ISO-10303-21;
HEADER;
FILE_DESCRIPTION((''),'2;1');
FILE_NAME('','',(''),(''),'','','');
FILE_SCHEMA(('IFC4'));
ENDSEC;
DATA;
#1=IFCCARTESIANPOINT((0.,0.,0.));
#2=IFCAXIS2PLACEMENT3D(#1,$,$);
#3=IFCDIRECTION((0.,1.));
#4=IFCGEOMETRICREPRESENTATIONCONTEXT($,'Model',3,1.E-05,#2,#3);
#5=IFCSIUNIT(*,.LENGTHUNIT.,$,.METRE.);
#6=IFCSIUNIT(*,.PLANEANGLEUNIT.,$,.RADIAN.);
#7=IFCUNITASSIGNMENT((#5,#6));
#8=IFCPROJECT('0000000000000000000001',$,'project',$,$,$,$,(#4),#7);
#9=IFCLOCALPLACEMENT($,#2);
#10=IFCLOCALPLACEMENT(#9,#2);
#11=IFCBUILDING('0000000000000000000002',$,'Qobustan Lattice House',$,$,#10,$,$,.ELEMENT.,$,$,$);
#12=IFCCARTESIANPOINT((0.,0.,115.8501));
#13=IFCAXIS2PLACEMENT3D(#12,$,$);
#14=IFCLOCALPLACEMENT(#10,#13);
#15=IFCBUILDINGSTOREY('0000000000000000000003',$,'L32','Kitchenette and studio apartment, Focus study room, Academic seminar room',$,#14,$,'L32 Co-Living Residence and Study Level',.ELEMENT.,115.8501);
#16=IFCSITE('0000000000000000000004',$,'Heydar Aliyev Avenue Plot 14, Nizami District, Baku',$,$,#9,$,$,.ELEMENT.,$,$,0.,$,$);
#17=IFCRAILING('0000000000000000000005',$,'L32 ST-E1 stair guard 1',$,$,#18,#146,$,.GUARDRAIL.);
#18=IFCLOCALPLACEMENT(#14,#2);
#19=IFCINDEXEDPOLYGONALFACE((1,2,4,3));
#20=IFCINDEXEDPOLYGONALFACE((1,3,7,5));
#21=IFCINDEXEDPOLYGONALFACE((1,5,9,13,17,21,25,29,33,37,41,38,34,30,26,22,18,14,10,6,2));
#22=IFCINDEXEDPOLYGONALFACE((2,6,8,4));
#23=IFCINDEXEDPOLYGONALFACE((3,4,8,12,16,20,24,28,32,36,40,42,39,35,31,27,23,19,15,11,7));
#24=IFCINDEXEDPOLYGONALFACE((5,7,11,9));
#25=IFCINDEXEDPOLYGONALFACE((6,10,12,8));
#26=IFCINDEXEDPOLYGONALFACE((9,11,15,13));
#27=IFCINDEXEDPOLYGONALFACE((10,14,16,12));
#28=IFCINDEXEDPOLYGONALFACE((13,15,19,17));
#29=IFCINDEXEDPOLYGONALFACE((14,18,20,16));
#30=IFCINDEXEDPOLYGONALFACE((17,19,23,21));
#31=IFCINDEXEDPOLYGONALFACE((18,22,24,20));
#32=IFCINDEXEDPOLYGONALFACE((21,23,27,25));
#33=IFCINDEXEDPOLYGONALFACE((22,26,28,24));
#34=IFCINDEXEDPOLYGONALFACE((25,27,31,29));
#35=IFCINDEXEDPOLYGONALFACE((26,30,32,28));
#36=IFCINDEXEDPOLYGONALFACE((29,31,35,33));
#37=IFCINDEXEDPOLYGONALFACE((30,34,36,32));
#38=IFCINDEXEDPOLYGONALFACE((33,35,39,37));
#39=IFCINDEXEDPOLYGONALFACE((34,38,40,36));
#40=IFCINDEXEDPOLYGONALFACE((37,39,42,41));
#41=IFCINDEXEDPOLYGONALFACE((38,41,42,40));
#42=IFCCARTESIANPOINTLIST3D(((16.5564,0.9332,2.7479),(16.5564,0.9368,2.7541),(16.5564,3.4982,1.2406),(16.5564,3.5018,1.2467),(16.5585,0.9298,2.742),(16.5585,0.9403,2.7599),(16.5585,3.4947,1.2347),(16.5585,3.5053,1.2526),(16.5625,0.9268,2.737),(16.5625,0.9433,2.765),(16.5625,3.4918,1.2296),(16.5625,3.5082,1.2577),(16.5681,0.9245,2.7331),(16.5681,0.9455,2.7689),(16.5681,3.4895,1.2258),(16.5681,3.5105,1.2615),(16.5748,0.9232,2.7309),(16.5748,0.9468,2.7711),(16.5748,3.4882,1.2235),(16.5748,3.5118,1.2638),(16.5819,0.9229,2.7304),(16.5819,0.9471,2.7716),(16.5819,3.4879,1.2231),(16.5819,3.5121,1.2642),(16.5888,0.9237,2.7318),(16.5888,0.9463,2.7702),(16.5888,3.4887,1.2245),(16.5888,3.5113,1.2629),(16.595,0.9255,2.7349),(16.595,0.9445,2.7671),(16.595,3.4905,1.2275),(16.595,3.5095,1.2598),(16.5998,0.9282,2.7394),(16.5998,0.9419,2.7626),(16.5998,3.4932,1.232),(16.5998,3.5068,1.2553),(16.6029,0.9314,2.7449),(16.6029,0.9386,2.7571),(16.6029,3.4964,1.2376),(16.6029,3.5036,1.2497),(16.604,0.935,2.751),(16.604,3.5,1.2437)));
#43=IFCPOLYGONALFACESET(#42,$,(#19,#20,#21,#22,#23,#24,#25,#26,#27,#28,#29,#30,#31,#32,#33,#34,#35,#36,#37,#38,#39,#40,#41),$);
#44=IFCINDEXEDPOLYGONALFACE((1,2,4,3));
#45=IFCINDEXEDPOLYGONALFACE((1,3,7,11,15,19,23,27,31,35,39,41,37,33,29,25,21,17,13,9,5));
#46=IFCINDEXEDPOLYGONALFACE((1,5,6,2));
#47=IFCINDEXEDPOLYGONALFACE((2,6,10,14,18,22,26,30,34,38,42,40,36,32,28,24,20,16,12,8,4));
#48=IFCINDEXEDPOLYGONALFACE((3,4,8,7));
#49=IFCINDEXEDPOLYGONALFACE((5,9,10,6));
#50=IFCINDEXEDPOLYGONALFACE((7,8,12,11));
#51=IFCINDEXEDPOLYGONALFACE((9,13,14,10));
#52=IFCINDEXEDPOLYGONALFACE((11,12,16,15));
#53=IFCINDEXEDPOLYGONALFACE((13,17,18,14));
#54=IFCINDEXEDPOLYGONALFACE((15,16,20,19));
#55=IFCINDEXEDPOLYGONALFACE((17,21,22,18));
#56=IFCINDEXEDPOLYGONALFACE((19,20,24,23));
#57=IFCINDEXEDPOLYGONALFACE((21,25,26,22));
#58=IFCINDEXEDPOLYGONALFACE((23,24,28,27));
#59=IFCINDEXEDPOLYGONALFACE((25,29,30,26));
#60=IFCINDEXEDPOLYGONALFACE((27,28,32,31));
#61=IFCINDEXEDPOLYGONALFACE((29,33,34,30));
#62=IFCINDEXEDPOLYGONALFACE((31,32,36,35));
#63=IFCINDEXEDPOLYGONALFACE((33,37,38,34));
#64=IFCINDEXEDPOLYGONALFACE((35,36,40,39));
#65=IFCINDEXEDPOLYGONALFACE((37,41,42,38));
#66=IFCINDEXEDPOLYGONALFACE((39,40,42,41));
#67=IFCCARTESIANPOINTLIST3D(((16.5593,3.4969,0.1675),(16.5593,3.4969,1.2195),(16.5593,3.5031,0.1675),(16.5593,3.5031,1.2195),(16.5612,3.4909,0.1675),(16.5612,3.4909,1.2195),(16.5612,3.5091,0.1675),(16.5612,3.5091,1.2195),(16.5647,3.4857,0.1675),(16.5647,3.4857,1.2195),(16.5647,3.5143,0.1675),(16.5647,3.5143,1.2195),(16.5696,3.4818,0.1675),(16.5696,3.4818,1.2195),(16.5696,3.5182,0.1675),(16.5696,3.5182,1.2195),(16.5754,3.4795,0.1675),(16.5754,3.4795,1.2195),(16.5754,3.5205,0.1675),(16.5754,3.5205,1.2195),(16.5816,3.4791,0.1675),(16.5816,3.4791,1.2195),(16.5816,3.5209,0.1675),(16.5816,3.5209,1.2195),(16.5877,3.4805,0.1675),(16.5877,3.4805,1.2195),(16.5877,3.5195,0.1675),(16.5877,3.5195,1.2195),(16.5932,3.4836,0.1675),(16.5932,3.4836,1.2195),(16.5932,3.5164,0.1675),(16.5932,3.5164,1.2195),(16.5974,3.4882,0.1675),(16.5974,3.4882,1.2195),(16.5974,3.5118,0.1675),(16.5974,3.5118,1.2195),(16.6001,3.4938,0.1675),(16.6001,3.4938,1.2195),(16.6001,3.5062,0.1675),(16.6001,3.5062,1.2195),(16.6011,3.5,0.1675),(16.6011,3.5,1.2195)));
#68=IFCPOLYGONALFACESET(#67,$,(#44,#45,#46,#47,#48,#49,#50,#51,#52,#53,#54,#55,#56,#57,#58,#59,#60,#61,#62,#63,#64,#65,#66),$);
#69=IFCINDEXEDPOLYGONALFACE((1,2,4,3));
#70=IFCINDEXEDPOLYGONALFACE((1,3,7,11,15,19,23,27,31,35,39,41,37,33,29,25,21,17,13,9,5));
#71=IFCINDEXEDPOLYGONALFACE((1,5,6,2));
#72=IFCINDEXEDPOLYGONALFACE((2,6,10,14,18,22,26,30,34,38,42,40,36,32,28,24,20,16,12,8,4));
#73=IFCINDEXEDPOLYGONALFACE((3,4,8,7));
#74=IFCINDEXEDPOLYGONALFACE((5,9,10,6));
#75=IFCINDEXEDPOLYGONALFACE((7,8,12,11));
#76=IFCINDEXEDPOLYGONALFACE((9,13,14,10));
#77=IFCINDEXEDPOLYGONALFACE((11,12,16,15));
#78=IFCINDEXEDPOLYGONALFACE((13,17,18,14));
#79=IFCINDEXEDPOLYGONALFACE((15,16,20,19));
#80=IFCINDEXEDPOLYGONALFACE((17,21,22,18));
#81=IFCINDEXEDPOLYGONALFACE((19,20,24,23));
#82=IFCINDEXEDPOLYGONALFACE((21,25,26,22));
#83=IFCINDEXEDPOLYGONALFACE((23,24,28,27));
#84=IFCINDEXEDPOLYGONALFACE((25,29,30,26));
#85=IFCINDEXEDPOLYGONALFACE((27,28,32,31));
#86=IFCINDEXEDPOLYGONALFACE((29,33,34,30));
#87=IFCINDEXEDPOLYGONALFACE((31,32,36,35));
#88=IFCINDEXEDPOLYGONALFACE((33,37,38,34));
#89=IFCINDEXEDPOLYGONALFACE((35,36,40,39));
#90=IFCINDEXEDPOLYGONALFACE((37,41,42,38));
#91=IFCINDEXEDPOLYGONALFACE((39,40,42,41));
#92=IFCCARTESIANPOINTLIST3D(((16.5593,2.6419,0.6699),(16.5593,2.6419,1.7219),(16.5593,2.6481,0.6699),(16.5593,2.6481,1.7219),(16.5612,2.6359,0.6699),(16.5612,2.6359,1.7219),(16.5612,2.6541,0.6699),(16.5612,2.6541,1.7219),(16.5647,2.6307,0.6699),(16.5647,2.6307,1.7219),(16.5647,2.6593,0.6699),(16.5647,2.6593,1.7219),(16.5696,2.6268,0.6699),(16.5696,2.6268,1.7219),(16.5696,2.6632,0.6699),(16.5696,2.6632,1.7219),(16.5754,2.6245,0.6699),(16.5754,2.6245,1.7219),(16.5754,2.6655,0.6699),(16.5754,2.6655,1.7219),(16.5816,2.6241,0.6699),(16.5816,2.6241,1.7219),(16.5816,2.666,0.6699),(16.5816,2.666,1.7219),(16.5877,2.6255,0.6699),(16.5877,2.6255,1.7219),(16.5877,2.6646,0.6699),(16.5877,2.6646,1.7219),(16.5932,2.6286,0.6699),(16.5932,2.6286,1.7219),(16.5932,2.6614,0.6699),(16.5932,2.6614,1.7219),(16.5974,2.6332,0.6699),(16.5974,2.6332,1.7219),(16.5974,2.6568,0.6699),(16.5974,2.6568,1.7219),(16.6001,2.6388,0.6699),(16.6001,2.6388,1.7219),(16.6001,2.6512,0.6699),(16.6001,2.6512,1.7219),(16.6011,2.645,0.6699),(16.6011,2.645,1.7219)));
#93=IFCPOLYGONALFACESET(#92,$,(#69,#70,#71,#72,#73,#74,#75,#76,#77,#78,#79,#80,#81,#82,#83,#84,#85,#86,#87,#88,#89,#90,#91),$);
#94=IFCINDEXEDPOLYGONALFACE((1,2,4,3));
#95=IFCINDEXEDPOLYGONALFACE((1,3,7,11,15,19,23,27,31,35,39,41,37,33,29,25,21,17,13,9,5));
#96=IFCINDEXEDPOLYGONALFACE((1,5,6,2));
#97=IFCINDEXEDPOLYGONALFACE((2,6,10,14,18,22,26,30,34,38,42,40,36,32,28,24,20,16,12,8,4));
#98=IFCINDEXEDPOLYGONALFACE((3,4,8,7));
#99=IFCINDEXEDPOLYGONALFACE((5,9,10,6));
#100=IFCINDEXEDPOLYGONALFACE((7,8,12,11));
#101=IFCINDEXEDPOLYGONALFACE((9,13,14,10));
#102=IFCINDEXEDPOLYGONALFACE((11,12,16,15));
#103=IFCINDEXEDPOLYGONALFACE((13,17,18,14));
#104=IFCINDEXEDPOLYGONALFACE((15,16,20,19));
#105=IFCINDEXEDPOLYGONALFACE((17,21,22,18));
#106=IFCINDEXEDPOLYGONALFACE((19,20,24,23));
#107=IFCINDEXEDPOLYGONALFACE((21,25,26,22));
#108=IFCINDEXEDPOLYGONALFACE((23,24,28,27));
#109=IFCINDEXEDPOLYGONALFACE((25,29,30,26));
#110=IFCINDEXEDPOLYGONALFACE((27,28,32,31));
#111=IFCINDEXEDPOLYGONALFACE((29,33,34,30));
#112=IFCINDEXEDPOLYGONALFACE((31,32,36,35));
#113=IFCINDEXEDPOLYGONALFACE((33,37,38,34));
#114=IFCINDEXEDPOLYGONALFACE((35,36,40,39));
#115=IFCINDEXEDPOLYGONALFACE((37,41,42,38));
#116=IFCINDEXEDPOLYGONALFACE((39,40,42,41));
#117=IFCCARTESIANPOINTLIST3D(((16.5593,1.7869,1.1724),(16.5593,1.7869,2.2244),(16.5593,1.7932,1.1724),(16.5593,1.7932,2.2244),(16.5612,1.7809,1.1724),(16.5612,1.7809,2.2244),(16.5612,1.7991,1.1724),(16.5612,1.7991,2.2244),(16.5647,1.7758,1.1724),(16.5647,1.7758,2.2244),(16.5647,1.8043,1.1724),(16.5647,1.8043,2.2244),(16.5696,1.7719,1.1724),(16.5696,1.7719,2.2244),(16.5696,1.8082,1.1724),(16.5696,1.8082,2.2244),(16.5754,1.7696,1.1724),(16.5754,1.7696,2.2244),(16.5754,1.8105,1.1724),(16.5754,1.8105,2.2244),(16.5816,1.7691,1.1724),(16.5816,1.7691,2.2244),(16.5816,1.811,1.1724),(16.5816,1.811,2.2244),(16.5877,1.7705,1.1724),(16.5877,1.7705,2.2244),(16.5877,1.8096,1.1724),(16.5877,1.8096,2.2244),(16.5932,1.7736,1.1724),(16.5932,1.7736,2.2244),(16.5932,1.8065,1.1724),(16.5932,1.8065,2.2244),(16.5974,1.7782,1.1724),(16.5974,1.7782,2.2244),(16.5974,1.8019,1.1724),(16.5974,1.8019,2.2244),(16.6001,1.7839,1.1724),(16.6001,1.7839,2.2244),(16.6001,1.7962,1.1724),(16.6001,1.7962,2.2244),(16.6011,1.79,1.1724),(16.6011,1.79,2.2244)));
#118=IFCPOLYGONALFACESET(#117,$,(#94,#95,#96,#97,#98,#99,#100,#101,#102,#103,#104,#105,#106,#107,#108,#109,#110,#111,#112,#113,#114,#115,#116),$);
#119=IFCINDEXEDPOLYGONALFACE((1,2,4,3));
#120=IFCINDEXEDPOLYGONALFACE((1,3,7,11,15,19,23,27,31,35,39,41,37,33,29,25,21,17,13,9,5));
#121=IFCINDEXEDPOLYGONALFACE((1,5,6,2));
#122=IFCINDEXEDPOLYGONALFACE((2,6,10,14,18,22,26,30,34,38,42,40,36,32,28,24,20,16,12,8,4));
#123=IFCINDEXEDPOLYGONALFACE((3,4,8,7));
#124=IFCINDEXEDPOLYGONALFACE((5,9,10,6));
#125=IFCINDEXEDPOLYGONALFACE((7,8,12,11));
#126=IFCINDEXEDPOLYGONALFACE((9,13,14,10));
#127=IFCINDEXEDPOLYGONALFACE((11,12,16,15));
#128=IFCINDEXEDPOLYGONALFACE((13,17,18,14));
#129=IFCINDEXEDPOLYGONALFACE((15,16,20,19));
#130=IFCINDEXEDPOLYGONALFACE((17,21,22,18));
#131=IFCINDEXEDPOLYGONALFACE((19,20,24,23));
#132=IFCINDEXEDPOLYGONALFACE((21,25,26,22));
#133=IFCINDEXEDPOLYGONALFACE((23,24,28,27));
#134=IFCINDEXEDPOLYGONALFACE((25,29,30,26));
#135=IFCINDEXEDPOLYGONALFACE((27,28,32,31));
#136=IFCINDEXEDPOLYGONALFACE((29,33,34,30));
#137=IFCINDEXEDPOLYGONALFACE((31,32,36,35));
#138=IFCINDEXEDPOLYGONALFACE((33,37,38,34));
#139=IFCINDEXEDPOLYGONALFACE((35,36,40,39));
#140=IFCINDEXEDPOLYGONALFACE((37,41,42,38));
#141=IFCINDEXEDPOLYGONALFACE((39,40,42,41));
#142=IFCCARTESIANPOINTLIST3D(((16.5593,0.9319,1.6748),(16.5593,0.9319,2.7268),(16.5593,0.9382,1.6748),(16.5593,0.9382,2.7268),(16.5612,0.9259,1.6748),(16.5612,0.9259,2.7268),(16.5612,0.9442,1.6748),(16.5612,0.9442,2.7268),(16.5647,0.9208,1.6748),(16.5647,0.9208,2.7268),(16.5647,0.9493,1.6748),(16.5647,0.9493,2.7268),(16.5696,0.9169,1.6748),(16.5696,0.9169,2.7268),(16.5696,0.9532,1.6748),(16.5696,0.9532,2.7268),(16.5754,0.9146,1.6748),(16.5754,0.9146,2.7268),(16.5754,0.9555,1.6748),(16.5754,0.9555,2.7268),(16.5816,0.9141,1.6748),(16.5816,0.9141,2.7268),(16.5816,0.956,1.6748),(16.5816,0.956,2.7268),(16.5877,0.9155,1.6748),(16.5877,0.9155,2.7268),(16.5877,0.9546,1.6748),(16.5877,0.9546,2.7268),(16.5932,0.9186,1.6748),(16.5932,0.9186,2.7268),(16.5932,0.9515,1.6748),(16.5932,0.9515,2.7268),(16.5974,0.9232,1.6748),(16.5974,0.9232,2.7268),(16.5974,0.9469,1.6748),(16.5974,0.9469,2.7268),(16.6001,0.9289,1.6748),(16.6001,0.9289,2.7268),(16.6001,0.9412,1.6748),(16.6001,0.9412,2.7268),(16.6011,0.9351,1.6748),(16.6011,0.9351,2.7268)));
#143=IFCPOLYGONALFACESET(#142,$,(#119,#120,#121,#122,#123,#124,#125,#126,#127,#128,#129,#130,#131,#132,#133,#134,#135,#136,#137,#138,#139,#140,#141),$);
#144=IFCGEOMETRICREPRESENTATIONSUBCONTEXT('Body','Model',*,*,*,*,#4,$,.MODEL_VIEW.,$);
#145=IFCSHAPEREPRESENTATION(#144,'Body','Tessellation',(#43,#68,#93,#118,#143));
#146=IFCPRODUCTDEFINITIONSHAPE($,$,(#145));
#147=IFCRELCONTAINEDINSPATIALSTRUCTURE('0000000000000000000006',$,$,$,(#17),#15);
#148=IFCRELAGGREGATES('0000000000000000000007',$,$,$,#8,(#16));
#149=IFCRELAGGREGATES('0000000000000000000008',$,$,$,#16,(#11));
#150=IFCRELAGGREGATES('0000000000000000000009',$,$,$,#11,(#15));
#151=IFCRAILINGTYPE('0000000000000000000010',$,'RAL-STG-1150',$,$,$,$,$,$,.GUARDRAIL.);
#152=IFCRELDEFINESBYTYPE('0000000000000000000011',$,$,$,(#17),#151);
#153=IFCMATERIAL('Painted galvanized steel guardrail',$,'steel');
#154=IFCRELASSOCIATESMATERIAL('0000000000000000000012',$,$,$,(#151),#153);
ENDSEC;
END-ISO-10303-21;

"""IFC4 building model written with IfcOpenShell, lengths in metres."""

from ifc_helpers import new_model, si_unit, direction, frame, origin, origin_2d, place, context, subcontext, project, spatial, circle, extrude, material, type_object, element, save


model = new_model("IFC4")

# Units and contexts
model_context = context("Model", 3, precision=1e-05, world=origin(), true_north=direction((0.0, 1.0)))
body_context = subcontext(model_context, "Body", "Model", "MODEL_VIEW")
ifc_project = project(units=[si_unit("LENGTHUNIT", "METRE"), si_unit("PLANEANGLEUNIT", "RADIAN")], contexts=[model_context])

# Site, building, storey
site_placement = place(None, origin())
site = spatial("IfcSite", under=ifc_project, at=site_placement, Name="Heydar Aliyev Avenue Plot 14, Nizami District, Baku", CompositionType="ELEMENT", RefElevation=0.0)
building_placement = place(site_placement, origin())
building = spatial("IfcBuilding", under=site, at=building_placement, Name="Qobustan Lattice House", CompositionType="ELEMENT")
storey_placement = place(building_placement, frame((0.0, 0.0, 115.8501)))
storey = spatial("IfcBuildingStorey", under=building, at=storey_placement, Name="L32", Description="Kitchenette and studio apartment, Focus study room, Academic seminar room", LongName="L32 Co-Living Residence and Study Level", CompositionType="ELEMENT", Elevation=115.8501)

# Railing
ifc_material_1 = material(Name="Painted galvanized steel guardrail", Category="steel")
railing_type_1 = type_object("IfcRailingType", Name="RAL-STG-1150", PredefinedType="GUARDRAIL", material=ifc_material_1)
railing_1_placement = place(storey_placement, frame((16.5801, 3.5, 0.1675)))
element("IfcRailing", 1, at=railing_1_placement, inside=storey, type_object=railing_type_1, Name="L32 ST-E1 stair guard 1", PredefinedType="GUARDRAIL", context=body_context, shape_type="SweptSolid", body=[
    extrude(circle(Radius=0.0239, at=origin_2d()), frame((0.0, 0.0, 1.0762), z_axis=(0.0, -0.862149, 0.506654), x_axis=(1.0, 0.0, 0.0)), (0.0, 0.0, 1.0), 2.9751),
    extrude(circle(Radius=0.021, at=origin_2d()), origin(), (0.0, 0.0, 1.0), 1.052),
    extrude(circle(Radius=0.021, at=origin_2d()), frame((0.0, -0.855, 0.5024)), (0.0, 0.0, 1.0), 1.052),
    extrude(circle(Radius=0.021, at=origin_2d()), frame((0.0, -1.71, 1.0049)), (0.0, 0.0, 1.0), 1.052),
    extrude(circle(Radius=0.021, at=origin_2d()), frame((0.0, -2.5649, 1.5073)), (0.0, 0.0, 1.0), 1.052),
])

save(model, "model.ifc")
